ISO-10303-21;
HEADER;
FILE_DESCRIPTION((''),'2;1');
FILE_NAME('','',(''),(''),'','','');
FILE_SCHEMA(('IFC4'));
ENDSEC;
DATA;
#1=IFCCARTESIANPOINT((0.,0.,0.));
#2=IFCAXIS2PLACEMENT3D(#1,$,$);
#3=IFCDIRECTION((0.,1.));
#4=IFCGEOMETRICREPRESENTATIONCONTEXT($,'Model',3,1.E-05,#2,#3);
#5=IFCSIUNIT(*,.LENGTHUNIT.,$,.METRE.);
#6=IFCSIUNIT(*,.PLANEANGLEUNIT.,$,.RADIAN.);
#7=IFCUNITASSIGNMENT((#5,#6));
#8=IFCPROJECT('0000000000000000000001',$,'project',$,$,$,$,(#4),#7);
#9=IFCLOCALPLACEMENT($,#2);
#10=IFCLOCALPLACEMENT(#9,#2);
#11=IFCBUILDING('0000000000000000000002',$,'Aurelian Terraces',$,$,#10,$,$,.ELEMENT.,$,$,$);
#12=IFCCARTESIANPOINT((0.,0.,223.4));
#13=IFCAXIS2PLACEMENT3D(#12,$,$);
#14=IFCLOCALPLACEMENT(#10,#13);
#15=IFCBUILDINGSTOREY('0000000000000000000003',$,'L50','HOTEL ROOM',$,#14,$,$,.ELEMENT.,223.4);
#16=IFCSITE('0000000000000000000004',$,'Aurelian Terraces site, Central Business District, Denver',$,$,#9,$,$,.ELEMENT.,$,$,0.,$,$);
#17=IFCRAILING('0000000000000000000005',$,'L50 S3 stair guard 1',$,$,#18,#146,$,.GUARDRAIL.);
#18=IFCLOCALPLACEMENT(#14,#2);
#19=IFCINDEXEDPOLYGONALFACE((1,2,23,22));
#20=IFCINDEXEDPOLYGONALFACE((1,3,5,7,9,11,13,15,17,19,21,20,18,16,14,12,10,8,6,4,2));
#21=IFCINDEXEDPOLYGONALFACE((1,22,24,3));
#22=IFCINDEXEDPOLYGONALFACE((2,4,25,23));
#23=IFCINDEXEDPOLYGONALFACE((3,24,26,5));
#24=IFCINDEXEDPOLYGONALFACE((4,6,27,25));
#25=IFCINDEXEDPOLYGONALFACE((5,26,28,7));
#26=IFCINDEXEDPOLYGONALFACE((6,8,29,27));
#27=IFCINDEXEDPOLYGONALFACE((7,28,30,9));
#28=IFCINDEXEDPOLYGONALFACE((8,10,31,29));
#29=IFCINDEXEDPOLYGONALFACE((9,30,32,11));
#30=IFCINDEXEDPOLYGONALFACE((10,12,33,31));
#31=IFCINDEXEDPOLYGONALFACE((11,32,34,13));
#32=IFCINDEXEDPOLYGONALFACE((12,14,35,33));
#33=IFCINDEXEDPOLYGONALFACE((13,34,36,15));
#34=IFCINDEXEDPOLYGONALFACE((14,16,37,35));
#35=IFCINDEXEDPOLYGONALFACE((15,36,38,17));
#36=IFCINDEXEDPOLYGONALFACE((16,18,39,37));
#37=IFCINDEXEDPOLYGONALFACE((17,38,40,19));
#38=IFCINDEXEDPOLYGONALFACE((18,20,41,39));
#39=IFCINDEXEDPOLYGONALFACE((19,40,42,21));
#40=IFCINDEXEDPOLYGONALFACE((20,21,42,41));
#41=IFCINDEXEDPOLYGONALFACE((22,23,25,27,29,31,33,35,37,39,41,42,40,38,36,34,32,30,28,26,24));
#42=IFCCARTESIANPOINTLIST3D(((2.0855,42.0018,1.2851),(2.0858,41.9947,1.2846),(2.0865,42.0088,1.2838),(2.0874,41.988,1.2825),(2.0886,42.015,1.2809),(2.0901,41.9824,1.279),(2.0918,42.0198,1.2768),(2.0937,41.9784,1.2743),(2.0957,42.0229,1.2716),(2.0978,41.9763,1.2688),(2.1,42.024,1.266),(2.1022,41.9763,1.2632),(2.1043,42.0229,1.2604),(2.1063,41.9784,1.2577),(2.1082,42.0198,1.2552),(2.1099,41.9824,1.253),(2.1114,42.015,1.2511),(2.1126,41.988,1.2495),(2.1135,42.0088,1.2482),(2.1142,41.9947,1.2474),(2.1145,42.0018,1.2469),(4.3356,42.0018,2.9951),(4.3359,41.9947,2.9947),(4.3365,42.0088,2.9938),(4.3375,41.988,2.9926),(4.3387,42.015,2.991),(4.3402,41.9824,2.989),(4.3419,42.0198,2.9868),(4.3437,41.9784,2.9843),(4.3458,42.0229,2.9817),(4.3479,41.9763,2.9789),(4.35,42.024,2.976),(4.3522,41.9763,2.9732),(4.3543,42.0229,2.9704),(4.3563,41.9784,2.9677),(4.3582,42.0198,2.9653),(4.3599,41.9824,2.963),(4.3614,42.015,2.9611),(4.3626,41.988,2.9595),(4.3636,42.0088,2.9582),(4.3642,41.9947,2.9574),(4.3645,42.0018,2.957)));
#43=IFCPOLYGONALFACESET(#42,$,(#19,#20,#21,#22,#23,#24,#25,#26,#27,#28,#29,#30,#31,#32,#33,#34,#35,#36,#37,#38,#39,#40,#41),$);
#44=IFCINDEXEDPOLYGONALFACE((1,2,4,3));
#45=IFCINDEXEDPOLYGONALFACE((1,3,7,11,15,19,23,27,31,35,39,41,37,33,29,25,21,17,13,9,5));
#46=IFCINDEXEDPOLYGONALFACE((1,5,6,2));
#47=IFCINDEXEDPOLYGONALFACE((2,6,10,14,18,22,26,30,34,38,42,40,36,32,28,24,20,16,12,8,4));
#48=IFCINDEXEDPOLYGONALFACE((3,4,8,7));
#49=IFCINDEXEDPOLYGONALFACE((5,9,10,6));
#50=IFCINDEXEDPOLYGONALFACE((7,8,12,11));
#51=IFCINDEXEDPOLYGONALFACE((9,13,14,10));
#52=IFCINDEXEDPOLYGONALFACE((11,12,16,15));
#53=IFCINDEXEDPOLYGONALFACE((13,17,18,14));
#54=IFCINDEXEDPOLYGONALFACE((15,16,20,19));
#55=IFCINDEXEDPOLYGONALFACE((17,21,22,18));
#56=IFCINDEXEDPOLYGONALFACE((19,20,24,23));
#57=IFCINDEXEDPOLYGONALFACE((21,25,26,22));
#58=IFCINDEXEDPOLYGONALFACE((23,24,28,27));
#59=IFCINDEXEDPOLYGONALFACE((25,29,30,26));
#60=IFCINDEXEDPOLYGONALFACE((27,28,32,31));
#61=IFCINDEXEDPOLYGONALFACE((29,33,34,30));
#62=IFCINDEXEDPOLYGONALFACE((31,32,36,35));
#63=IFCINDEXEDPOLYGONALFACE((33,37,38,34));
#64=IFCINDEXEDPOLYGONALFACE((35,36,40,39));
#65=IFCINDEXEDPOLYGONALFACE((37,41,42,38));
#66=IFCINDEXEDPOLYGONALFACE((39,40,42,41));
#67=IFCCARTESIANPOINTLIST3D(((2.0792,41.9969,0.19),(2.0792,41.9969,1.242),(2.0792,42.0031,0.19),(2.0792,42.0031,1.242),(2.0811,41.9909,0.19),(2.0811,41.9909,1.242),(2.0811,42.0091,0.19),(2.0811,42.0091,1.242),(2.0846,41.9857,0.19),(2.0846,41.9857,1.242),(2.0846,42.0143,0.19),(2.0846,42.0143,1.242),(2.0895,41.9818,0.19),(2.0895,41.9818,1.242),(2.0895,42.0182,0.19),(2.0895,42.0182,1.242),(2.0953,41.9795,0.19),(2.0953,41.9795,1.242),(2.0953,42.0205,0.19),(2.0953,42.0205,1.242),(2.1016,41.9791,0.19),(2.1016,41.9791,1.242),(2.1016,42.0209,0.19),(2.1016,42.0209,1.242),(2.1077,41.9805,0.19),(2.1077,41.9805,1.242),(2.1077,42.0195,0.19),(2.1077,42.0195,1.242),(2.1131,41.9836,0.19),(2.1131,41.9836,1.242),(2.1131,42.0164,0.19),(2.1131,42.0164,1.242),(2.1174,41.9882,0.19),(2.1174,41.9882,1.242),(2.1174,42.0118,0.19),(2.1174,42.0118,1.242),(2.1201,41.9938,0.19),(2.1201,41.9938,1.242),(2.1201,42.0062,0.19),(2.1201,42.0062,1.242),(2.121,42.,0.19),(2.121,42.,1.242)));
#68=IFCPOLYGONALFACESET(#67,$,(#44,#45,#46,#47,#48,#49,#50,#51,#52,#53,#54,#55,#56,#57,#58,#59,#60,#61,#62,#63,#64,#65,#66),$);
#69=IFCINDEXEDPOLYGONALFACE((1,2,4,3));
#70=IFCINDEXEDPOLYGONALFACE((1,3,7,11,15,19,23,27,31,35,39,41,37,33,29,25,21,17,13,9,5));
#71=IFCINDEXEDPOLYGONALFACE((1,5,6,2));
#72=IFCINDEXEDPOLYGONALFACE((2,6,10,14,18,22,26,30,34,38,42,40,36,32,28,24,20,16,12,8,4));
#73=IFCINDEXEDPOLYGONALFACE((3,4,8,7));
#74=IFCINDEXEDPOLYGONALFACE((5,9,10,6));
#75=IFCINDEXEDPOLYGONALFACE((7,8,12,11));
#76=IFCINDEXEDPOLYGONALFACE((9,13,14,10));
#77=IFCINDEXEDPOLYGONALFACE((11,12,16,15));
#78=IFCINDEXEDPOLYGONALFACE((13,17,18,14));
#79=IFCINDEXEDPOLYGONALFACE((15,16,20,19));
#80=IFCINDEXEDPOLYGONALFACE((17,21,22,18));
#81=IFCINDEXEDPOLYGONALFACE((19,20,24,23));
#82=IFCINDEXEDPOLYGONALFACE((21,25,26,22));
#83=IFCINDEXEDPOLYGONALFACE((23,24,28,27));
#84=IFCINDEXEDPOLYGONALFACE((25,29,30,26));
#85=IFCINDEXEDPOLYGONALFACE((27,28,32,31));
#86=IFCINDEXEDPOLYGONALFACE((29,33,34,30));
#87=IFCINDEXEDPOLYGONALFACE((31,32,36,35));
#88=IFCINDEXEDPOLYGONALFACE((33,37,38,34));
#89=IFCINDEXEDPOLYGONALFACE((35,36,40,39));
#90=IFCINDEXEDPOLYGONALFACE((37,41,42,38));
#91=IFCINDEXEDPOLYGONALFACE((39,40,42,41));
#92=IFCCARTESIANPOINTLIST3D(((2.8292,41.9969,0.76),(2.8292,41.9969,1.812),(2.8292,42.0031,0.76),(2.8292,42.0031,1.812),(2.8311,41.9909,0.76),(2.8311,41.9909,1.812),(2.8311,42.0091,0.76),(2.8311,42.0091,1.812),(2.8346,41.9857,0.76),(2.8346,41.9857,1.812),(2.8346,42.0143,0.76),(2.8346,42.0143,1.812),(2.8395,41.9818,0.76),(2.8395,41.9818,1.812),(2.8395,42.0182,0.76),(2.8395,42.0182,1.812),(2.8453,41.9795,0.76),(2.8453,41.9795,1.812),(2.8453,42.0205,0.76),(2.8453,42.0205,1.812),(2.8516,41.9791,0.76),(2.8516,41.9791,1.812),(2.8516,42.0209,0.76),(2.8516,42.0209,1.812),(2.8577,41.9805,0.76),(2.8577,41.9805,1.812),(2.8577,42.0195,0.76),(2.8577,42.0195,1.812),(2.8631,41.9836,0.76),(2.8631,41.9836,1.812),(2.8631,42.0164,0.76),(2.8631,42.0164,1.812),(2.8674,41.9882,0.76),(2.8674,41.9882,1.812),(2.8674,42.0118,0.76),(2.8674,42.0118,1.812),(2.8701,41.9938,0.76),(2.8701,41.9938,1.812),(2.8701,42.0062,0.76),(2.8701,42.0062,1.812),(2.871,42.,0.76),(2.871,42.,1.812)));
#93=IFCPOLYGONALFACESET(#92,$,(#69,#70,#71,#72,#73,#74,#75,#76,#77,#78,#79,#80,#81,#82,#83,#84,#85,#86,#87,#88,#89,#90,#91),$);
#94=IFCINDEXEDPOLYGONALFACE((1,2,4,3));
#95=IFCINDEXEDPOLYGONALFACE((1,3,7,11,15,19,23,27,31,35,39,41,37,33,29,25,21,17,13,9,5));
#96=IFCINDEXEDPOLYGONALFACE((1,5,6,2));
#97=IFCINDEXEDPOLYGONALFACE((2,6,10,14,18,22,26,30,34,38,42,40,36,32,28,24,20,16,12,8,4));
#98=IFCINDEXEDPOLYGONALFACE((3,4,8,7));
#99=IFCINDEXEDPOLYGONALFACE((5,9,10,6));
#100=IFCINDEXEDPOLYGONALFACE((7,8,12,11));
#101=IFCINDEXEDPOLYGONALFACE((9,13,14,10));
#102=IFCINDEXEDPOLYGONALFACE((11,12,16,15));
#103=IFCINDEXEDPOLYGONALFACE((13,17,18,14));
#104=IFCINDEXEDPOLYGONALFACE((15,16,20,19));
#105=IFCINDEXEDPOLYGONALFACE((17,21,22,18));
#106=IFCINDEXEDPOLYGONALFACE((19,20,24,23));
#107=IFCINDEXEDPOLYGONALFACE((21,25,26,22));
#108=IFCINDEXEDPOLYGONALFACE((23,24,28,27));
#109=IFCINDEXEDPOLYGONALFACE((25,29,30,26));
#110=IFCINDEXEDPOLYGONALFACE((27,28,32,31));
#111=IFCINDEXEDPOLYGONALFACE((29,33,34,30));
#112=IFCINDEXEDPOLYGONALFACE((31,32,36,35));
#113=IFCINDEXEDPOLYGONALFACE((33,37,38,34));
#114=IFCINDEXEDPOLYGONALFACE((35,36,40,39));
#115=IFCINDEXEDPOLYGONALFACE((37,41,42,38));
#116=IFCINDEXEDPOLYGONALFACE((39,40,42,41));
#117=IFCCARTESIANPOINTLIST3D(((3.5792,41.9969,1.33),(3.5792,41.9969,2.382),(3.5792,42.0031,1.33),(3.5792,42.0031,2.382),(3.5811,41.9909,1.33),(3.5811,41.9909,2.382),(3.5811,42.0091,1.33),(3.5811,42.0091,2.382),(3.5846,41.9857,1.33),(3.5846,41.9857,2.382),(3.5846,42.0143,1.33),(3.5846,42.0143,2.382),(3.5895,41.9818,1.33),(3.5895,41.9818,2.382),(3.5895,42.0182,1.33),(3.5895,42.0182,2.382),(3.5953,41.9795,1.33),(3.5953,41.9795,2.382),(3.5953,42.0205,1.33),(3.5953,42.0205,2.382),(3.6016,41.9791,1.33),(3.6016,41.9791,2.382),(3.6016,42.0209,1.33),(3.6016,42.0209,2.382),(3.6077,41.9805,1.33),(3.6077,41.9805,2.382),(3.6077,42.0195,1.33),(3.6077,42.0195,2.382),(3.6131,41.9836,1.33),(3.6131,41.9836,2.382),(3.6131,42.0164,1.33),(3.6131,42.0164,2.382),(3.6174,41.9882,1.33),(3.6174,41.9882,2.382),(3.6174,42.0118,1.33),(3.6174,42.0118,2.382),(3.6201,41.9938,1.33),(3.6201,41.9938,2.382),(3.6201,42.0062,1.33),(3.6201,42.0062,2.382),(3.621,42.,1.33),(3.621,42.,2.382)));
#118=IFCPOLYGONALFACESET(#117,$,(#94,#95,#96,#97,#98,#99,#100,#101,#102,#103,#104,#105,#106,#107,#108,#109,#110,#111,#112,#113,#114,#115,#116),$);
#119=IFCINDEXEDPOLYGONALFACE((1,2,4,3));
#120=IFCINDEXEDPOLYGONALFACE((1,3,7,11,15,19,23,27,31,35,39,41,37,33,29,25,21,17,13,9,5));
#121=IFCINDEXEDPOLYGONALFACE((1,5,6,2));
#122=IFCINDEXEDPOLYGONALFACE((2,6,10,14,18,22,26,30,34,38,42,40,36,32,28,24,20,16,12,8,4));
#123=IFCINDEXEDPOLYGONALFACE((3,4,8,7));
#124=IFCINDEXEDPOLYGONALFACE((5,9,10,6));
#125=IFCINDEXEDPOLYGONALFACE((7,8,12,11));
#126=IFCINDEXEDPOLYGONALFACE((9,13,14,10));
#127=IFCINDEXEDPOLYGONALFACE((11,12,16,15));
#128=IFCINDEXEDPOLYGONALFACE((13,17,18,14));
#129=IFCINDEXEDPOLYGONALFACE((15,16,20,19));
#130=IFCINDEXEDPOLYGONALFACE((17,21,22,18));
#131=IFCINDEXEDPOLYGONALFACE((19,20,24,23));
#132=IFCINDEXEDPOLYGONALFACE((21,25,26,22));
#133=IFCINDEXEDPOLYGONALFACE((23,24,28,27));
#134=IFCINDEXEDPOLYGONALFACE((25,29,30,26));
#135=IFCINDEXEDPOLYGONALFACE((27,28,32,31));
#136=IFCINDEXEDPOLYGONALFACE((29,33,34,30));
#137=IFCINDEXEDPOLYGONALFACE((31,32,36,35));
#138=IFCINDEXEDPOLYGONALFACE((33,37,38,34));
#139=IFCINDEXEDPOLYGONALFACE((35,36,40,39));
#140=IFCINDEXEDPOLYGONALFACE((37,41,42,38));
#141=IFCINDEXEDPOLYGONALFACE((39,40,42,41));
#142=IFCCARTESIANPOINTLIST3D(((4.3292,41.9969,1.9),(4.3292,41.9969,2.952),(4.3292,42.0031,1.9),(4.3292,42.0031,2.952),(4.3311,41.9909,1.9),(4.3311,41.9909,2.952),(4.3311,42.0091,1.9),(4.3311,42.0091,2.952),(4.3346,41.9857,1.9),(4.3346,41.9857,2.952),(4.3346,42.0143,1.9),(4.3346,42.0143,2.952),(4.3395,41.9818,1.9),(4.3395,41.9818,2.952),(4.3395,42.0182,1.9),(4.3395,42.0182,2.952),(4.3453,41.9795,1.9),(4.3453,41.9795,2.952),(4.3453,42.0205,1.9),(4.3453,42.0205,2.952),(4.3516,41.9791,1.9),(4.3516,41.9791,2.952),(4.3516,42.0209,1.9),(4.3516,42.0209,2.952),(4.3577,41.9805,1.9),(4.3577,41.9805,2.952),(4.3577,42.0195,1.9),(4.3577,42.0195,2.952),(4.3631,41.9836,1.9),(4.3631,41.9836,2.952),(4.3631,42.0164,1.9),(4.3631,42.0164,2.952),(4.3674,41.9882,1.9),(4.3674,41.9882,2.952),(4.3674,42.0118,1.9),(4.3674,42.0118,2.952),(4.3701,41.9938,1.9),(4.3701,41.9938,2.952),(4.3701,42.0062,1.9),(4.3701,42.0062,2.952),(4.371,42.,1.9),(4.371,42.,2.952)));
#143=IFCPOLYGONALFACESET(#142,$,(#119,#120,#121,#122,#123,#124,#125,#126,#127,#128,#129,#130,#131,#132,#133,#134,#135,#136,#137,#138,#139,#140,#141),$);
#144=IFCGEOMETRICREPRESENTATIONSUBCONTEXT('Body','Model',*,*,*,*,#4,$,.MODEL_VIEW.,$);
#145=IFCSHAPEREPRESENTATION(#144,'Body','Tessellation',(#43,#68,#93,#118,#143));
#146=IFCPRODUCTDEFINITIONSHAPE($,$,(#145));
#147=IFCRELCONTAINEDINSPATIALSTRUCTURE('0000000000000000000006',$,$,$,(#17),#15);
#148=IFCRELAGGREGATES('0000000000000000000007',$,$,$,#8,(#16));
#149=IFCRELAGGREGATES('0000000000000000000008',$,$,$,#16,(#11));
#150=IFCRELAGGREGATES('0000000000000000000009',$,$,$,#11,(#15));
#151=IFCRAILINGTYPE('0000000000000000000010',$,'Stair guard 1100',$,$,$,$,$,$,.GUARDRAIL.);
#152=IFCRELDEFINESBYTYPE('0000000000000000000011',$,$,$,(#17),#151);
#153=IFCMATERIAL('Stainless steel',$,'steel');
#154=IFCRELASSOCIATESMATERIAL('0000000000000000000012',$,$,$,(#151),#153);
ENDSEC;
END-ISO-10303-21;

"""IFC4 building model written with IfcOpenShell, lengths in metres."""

from ifc_helpers import new_model, si_unit, direction, frame, origin, origin_2d, place, context, subcontext, project, spatial, circle, extrude, source, transform, mapped, material, type_object, element, save


model = new_model("IFC4")

# Units and contexts
model_context = context("Model", 3, precision=1e-05, world=origin(), true_north=direction((0.0, 1.0)))
body_context = subcontext(model_context, "Body", "Model", "MODEL_VIEW")
ifc_project = project(units=[si_unit("LENGTHUNIT", "METRE"), si_unit("PLANEANGLEUNIT", "RADIAN")], contexts=[model_context])

# Site, building, storey
site_placement = place(None, origin())
site = spatial("IfcSite", under=ifc_project, at=site_placement, Name="Aurelian Terraces site, Central Business District, Denver", CompositionType="ELEMENT", RefElevation=0.0)
building_placement = place(site_placement, origin())
building = spatial("IfcBuilding", under=site, at=building_placement, Name="Aurelian Terraces", CompositionType="ELEMENT")
storey_placement = place(building_placement, frame((0.0, 0.0, 223.4)))
storey = spatial("IfcBuildingStorey", under=building, at=storey_placement, Name="L50", Description="HOTEL ROOM", CompositionType="ELEMENT", Elevation=223.4)

# Railing
ifc_material_1 = material(Name="Stainless steel", Category="steel")
railing_type_1 = type_object("IfcRailingType", Name="Stair guard 1100", PredefinedType="GUARDRAIL", material=ifc_material_1)
shared_shape_1 = source(origin(), body_context, "Body", "SweptSolid", [
    extrude(circle(Radius=0.024, at=origin_2d()), frame((0.0, 0.0, 1.076), z_axis=(0.796162, 0.0, 0.605083), x_axis=(0.0, 1.0, 0.0)), (0.0, 0.0, 1.0), 2.8261),
    extrude(circle(Radius=0.021, at=origin_2d()), origin(), (0.0, 0.0, 1.0), 1.052),
    extrude(circle(Radius=0.021, at=origin_2d()), frame((0.75, 0.0, 0.57)), (0.0, 0.0, 1.0), 1.052),
    extrude(circle(Radius=0.021, at=origin_2d()), frame((1.5, 0.0, 1.14)), (0.0, 0.0, 1.0), 1.052),
    extrude(circle(Radius=0.021, at=origin_2d()), frame((2.25, 0.0, 1.71)), (0.0, 0.0, 1.0), 1.052),
])
railing_1_placement = place(storey_placement, frame((2.1, 42.0, 0.19)))
element("IfcRailing", 1, at=railing_1_placement, inside=storey, type_object=railing_type_1, Name="L50 S3 stair guard 1", PredefinedType="GUARDRAIL", context=body_context, shape_type="MappedRepresentation", body=[
    mapped(shared_shape_1, transform((0.0, 0.0, 0.0), scale=1.0)),
])

save(model, "model.ifc")
